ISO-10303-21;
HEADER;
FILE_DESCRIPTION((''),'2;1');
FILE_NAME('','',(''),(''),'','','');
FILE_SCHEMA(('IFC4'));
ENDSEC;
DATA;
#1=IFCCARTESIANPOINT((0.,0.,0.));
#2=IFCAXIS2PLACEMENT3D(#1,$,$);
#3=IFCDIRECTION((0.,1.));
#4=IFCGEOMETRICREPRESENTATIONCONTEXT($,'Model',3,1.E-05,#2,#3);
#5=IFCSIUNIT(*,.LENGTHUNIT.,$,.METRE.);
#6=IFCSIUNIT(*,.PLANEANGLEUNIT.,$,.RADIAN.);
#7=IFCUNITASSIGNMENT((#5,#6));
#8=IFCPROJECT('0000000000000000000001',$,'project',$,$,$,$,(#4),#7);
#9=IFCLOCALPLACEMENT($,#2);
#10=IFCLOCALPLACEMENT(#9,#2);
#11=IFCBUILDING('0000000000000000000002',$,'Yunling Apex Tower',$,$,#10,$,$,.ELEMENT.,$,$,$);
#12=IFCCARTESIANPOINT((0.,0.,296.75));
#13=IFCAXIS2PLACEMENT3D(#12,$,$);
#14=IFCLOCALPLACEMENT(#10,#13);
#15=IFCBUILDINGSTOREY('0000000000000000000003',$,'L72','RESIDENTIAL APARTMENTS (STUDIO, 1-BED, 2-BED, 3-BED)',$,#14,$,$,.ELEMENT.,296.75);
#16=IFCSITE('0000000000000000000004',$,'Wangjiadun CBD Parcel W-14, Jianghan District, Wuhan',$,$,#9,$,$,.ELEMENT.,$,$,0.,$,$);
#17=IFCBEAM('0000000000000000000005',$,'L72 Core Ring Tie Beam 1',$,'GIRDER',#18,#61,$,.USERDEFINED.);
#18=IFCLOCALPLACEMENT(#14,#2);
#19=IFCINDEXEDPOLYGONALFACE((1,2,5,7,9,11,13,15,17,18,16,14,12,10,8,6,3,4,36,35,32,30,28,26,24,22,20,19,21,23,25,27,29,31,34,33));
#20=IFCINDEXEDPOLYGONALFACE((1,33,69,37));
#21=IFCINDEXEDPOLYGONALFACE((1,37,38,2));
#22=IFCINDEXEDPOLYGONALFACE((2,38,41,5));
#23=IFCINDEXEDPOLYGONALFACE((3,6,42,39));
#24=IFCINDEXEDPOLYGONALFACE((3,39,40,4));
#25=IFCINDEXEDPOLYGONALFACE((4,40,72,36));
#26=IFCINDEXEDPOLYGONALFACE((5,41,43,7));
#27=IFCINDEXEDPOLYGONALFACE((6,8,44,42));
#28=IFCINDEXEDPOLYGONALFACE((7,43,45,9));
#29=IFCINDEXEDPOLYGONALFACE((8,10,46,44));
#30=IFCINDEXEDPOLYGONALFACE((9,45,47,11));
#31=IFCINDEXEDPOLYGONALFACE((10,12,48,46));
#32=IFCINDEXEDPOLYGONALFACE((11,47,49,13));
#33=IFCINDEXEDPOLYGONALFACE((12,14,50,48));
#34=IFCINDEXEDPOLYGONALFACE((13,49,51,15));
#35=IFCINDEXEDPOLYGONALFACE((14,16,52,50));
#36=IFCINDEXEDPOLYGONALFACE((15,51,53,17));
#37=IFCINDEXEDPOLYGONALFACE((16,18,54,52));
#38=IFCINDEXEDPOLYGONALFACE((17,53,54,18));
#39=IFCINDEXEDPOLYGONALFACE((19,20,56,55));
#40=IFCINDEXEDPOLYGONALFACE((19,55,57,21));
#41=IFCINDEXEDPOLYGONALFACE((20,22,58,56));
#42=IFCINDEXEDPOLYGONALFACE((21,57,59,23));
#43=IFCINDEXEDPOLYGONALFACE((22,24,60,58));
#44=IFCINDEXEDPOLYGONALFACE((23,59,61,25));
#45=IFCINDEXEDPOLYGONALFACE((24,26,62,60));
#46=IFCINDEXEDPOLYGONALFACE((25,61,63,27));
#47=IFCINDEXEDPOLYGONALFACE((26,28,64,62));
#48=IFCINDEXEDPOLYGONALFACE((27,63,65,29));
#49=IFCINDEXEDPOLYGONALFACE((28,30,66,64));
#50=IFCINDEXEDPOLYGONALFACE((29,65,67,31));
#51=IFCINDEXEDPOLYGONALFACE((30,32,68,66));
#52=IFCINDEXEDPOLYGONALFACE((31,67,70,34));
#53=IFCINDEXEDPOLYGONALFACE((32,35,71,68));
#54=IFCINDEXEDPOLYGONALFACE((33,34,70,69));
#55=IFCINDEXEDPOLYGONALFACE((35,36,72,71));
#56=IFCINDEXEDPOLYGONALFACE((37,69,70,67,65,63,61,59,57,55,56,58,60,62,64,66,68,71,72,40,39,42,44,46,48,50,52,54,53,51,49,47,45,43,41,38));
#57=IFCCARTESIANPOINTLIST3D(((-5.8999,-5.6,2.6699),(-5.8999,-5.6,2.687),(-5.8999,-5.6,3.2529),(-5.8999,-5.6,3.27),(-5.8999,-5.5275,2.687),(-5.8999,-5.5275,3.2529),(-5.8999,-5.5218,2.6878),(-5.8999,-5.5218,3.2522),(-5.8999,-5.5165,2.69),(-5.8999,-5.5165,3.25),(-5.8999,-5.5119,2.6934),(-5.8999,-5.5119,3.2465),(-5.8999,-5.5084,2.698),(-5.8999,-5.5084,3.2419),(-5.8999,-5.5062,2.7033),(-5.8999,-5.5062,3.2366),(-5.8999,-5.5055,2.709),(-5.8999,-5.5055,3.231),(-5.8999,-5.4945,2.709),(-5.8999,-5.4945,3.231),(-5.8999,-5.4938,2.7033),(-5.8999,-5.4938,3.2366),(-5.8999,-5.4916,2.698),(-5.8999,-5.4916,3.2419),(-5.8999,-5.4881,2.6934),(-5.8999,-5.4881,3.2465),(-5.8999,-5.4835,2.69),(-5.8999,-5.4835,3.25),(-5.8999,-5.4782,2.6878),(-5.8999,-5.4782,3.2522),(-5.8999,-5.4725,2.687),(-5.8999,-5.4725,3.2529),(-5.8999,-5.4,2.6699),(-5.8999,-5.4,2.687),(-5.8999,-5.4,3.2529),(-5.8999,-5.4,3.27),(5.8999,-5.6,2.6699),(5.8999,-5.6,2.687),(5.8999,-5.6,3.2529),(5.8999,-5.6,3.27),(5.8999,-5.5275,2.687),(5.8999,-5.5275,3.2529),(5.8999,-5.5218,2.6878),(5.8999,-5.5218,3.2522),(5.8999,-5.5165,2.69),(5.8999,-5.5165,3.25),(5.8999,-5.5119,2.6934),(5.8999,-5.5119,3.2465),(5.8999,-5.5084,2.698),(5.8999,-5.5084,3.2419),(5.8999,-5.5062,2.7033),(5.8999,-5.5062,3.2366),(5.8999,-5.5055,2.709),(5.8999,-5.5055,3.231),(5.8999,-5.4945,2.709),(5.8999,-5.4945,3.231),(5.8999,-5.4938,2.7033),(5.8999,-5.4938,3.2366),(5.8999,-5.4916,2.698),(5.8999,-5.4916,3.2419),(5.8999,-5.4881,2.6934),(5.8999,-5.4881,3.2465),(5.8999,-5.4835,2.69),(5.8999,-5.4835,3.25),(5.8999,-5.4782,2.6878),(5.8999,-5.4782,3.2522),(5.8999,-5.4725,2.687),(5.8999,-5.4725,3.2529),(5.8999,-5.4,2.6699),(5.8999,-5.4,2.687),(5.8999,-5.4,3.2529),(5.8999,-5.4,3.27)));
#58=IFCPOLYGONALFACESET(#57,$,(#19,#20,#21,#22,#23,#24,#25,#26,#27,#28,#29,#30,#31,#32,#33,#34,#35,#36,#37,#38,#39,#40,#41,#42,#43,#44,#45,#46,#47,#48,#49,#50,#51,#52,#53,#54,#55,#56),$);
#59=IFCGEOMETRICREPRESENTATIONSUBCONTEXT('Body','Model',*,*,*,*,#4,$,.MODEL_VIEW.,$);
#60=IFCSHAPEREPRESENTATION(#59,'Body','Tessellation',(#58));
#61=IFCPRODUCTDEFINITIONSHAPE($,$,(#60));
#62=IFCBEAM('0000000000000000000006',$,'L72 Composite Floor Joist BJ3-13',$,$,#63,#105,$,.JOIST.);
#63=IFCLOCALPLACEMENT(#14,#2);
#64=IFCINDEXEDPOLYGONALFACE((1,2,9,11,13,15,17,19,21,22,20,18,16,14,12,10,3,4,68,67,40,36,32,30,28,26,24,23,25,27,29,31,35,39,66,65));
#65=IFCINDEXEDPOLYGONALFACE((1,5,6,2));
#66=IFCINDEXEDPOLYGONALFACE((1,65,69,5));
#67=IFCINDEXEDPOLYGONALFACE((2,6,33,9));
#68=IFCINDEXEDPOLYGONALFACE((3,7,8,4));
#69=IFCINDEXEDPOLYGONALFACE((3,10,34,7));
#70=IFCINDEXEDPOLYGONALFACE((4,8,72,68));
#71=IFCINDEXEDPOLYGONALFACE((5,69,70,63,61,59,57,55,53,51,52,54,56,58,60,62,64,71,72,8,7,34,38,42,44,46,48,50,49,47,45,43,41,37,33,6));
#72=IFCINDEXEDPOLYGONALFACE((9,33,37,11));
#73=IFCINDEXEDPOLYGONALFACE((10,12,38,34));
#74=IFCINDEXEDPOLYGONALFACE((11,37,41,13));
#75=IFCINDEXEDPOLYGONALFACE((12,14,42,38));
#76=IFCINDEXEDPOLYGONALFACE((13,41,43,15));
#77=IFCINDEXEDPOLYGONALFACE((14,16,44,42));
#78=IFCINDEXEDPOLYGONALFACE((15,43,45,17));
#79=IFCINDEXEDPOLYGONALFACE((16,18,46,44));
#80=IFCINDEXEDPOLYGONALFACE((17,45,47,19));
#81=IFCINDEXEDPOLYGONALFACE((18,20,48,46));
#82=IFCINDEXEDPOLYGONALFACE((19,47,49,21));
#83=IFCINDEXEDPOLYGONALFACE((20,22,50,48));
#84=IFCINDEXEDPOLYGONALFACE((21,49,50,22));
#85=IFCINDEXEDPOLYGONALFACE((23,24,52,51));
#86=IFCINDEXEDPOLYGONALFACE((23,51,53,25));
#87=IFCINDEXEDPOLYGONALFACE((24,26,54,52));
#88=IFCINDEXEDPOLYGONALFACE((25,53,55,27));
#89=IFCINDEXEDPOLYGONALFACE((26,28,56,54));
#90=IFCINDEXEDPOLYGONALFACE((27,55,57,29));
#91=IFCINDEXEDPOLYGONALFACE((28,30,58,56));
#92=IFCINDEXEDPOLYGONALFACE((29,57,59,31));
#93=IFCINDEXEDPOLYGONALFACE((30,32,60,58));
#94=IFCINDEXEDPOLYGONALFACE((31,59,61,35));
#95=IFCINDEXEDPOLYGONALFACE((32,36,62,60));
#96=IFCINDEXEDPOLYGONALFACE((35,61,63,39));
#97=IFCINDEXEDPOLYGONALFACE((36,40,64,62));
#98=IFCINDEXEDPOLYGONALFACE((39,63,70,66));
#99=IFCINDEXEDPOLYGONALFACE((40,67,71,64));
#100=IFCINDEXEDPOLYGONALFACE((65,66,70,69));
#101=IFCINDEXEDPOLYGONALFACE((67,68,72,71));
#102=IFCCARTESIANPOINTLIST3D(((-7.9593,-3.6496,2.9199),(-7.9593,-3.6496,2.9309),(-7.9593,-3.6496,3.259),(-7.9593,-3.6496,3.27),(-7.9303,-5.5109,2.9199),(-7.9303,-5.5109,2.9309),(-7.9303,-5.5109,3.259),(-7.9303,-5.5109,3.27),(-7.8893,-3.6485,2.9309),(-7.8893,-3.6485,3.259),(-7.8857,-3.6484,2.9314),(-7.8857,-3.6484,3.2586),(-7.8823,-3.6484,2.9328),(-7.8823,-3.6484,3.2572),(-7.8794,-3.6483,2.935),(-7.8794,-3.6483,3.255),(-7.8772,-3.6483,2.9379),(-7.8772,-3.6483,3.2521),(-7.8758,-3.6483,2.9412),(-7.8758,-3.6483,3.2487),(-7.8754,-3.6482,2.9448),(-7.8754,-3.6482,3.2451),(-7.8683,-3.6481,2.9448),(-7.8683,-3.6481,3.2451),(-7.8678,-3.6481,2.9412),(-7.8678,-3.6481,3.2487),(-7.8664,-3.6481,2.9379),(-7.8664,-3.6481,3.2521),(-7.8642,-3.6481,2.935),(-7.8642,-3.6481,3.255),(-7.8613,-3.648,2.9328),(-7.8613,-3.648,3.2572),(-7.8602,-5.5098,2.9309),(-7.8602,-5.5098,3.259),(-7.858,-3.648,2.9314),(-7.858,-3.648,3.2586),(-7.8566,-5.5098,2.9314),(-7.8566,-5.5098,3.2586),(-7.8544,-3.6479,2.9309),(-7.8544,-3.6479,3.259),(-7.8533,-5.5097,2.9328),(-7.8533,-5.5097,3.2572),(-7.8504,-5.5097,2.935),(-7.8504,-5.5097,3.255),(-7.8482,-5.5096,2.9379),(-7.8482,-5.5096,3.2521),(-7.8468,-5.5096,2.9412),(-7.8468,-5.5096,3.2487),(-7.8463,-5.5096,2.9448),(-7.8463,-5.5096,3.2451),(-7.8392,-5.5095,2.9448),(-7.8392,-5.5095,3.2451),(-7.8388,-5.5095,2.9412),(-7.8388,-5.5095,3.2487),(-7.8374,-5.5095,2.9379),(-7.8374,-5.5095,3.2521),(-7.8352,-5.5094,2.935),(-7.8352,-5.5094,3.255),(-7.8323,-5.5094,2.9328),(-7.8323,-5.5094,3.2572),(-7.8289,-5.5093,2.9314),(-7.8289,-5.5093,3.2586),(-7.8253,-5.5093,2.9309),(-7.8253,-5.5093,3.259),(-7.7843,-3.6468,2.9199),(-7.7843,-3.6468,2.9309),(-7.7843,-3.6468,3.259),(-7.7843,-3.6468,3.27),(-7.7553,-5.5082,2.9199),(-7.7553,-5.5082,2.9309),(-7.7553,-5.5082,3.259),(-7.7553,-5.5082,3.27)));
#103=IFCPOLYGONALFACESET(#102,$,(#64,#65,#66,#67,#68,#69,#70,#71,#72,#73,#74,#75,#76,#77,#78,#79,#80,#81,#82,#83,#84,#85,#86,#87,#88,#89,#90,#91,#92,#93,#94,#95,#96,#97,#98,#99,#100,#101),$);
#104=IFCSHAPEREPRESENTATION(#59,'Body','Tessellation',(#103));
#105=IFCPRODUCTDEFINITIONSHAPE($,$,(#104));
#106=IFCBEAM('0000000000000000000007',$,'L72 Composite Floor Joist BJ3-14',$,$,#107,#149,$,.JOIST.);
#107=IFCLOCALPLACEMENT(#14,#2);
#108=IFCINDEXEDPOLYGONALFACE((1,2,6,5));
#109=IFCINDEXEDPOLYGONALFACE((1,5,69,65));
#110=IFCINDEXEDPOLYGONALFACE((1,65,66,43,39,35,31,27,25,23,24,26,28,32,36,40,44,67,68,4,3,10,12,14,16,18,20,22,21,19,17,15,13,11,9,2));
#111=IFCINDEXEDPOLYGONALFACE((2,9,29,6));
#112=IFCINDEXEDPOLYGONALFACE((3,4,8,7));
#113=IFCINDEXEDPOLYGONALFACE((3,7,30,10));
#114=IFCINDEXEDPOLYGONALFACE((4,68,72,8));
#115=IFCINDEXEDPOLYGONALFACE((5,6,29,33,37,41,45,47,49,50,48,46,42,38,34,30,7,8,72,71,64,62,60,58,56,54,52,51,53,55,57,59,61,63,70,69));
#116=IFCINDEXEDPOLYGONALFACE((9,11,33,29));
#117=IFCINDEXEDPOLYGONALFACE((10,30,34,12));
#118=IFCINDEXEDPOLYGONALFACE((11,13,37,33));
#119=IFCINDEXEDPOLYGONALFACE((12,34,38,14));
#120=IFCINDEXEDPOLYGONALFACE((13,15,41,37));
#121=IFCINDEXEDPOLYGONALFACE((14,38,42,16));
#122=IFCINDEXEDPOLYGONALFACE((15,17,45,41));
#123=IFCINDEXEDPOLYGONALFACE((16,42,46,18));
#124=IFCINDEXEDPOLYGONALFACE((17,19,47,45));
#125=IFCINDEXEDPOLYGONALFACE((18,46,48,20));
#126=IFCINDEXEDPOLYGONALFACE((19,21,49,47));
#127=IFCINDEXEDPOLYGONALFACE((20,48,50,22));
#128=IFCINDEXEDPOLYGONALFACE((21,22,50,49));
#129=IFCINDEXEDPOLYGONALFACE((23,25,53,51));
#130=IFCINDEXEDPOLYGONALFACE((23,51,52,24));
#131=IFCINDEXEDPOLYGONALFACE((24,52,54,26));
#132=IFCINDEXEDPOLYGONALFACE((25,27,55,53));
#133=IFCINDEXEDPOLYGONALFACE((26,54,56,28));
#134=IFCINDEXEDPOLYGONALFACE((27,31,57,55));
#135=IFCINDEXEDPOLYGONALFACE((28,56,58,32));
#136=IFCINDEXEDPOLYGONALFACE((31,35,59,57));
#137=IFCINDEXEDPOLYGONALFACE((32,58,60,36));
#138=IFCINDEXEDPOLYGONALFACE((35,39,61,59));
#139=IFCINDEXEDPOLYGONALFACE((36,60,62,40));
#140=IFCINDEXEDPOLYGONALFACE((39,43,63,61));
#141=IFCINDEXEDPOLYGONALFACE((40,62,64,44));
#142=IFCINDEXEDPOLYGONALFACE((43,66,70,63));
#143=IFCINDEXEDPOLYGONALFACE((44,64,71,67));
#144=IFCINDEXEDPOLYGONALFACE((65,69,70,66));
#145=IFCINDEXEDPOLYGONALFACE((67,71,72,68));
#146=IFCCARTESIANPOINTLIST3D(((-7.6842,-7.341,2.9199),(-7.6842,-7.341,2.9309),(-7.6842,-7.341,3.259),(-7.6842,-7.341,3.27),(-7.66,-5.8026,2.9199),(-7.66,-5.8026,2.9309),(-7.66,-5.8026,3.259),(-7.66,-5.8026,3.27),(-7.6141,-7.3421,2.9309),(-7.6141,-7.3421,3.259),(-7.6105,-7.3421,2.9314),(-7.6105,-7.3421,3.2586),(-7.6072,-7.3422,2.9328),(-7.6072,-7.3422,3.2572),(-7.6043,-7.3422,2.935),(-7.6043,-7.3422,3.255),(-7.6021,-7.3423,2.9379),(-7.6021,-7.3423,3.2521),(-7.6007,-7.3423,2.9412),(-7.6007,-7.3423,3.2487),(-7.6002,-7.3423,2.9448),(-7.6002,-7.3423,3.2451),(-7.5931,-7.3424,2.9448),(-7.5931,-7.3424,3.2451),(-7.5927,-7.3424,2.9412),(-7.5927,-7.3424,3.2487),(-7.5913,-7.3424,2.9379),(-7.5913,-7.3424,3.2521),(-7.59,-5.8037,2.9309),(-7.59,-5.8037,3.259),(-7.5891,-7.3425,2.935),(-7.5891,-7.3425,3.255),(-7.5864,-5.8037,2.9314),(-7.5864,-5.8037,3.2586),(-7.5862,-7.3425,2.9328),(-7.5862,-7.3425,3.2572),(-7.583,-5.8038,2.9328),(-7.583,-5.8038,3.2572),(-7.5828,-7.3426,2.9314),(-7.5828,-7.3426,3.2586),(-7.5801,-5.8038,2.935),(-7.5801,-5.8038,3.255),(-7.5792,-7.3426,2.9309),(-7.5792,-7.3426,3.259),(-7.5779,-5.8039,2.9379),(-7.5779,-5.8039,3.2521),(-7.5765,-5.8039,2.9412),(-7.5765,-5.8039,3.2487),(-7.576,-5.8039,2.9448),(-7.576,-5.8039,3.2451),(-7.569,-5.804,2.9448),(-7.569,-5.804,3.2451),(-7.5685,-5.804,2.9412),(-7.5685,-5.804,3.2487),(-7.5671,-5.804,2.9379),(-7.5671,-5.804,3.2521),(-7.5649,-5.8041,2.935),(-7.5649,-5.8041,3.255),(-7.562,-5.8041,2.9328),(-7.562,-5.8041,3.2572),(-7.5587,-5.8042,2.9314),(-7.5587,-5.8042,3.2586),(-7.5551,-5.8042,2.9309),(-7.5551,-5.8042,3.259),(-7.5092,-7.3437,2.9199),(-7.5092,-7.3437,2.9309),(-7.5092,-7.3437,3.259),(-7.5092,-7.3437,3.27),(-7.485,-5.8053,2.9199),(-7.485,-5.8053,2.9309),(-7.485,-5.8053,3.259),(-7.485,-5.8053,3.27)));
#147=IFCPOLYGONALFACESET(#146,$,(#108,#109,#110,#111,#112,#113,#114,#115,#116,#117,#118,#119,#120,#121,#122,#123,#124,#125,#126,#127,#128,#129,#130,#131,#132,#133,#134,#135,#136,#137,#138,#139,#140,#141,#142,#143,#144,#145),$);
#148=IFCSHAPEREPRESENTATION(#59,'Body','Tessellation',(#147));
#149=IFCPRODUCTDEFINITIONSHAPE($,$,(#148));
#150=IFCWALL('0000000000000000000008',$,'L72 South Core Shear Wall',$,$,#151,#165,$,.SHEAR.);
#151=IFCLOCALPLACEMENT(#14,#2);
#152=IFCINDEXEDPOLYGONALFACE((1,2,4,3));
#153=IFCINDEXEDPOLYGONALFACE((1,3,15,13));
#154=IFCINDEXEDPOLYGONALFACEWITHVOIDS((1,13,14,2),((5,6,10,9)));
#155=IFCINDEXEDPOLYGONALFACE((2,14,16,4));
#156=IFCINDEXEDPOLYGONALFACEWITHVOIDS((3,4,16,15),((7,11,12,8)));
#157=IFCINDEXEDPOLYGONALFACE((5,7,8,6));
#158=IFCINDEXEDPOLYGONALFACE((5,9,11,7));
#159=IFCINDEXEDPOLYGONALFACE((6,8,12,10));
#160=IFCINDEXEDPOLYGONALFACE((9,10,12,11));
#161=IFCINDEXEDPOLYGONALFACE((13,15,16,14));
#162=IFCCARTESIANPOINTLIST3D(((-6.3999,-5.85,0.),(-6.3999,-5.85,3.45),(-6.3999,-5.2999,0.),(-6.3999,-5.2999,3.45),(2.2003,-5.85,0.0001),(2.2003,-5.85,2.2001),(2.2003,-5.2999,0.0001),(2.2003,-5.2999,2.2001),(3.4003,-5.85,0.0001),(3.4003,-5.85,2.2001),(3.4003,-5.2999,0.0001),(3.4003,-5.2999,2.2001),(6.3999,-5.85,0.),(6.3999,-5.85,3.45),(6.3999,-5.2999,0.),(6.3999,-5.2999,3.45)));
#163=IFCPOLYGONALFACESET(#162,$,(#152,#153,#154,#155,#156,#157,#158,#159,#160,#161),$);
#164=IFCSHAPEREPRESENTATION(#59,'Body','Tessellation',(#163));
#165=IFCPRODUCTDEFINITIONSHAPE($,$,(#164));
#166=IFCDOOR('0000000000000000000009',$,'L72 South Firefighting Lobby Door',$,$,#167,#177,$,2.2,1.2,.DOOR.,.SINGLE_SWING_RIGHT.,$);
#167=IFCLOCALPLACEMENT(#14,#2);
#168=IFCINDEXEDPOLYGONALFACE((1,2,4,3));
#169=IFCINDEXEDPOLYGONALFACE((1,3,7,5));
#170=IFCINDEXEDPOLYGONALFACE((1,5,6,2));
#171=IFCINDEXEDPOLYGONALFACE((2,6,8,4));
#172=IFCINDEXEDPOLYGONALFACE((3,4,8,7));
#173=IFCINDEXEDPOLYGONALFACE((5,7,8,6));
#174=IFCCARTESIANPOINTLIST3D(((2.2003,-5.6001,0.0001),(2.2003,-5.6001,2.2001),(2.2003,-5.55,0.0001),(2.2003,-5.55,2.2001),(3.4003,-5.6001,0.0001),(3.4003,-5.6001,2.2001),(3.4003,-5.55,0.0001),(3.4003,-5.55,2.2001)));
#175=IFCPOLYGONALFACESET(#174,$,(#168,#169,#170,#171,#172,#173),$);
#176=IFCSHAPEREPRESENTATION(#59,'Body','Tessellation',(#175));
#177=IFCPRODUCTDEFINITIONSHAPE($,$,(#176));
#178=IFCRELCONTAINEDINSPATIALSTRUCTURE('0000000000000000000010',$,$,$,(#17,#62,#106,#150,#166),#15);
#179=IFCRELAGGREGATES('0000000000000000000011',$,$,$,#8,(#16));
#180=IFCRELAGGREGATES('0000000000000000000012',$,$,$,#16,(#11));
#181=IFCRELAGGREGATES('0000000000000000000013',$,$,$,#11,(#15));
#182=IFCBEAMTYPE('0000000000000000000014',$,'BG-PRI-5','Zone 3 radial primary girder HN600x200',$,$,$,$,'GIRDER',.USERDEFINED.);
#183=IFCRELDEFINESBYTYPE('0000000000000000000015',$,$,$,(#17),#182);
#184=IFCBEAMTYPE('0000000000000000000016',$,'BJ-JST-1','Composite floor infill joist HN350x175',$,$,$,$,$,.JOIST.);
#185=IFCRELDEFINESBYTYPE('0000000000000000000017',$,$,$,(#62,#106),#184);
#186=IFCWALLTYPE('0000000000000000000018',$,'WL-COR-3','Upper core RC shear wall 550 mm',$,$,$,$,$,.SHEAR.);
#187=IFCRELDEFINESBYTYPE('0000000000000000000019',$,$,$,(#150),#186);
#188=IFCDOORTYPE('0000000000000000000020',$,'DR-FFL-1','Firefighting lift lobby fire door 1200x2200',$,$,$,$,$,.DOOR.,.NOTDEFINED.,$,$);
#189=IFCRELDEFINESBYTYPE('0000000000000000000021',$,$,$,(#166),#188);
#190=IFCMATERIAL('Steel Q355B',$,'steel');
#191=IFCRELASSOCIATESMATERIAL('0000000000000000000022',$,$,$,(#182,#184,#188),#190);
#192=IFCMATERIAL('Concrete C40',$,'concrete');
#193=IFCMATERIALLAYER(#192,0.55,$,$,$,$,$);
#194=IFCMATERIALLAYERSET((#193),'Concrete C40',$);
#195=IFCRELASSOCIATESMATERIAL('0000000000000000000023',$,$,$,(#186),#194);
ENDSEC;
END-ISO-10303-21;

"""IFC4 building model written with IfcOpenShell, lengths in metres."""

from ifc_helpers import new_model, si_unit, direction, frame, frame_2d, origin, origin_2d, place, context, subcontext, project, spatial, rectangle, i_section, extrude, source, transform, mapped, material, layer, layer_set, material_profile, profile_set, type_object, element, fill, save


model = new_model("IFC4")

# Units and contexts
model_context = context("Model", 3, precision=1e-05, world=origin(), true_north=direction((0.0, 1.0)))
body_context = subcontext(model_context, "Body", "Model", "MODEL_VIEW")
ifc_project = project(units=[si_unit("LENGTHUNIT", "METRE"), si_unit("PLANEANGLEUNIT", "RADIAN")], contexts=[model_context])

# Site, building, storey
site_placement = place(None, origin())
site = spatial("IfcSite", under=ifc_project, at=site_placement, Name="Wangjiadun CBD Parcel W-14, Jianghan District, Wuhan", CompositionType="ELEMENT", RefElevation=0.0)
building_placement = place(site_placement, origin())
building = spatial("IfcBuilding", under=site, at=building_placement, Name="Yunling Apex Tower", CompositionType="ELEMENT")
storey_placement = place(building_placement, frame((0.0, 0.0, 296.75)))
storey = spatial("IfcBuildingStorey", under=building, at=storey_placement, Name="L72", Description="RESIDENTIAL APARTMENTS (STUDIO, 1-BED, 2-BED, 3-BED)", CompositionType="ELEMENT", Elevation=296.75)

# Beams
ifc_material_1 = material(Name="Steel Q355B", Category="steel")
ifc_material_2 = material(Name="Concrete C40", Category="concrete")
ifc_material_profile_1 = material_profile(ifc_material_1, i_section(OverallWidth=0.2, OverallDepth=0.6001, WebThickness=0.011, FlangeThickness=0.0171, FilletRadius=0.022, at=origin_2d()))
ifc_profile_set_1 = profile_set([ifc_material_profile_1], Name="Steel Q355B")
beam_type_1 = type_object("IfcBeamType", Name="BG-PRI-5", Description="Zone 3 radial primary girder HN600x200", ElementType="GIRDER", PredefinedType="USERDEFINED", material=ifc_profile_set_1)
shared_shape_1 = source(origin(), body_context, "Body", "SweptSolid", [
    extrude(i_section(OverallWidth=0.2, OverallDepth=0.6001, WebThickness=0.011, FlangeThickness=0.0171, FilletRadius=0.022, at=origin_2d()), origin(), (0.0, 0.0, 1.0), 11.7998),
])
beam_1_placement = place(storey_placement, frame((-5.8999, -5.5, 2.97), z_axis=(1.0, 0.0, 0.0), x_axis=(0.0, 1.0, 0.0)))
element("IfcBeam", 1, at=beam_1_placement, inside=storey, type_object=beam_type_1, Name="L72 Core Ring Tie Beam 1", ObjectType="GIRDER", PredefinedType="USERDEFINED", context=body_context, shape_type="MappedRepresentation", body=[
    mapped(shared_shape_1, transform((0.0, 0.0, 0.0), scale=1.0)),
])
ifc_material_profile_2 = material_profile(ifc_material_1, i_section(OverallWidth=0.175, OverallDepth=0.3501, WebThickness=0.0071, FlangeThickness=0.011, FilletRadius=0.0139, at=origin_2d()))
ifc_profile_set_2 = profile_set([ifc_material_profile_2], Name="Steel Q355B")
beam_type_2 = type_object("IfcBeamType", Name="BJ-JST-1", Description="Composite floor infill joist HN350x175", PredefinedType="JOIST", material=ifc_profile_set_2)
shared_shape_2 = source(origin(), body_context, "Body", "SweptSolid", [
    extrude(i_section(OverallWidth=0.175, OverallDepth=0.3501, WebThickness=0.0071, FlangeThickness=0.011, FilletRadius=0.0139, at=origin_2d()), origin(), (0.0, 0.0, 1.0), 1.8616),
])
beam_2_placement = place(storey_placement, frame((-7.8718, -3.6482, 3.095), z_axis=(0.015607, -0.999878, 0.0), x_axis=(0.999878, 0.015607, 0.0)))
element("IfcBeam", 2, at=beam_2_placement, inside=storey, type_object=beam_type_2, Name="L72 Composite Floor Joist BJ3-13", PredefinedType="JOIST", context=body_context, shape_type="MappedRepresentation", body=[
    mapped(shared_shape_2, transform((0.0, 0.0, 0.0), scale=1.0)),
])
shared_shape_3 = source(origin(), body_context, "Body", "SweptSolid", [
    extrude(i_section(OverallWidth=0.175, OverallDepth=0.3501, WebThickness=0.0071, FlangeThickness=0.011, FilletRadius=0.0139, at=origin_2d()), origin(), (0.0, 0.0, 1.0), 1.5386),
])
beam_3_placement = place(storey_placement, frame((-7.5725, -5.804, 3.095), z_axis=(-0.01571, -0.999877, 0.0), x_axis=(0.999877, -0.01571, 0.0)))
element("IfcBeam", 3, at=beam_3_placement, inside=storey, type_object=beam_type_2, Name="L72 Composite Floor Joist BJ3-14", PredefinedType="JOIST", context=body_context, shape_type="MappedRepresentation", body=[
    mapped(shared_shape_3, transform((0.0, 0.0, 0.0), scale=1.0)),
])

# Wall, opening, door
ifc_layer_1 = layer(ifc_material_2, 0.55)
ifc_layer_set_1 = layer_set([ifc_layer_1], Name="Concrete C40")
wall_type_1 = type_object("IfcWallType", Name="WL-COR-3", Description="Upper core RC shear wall 550 mm", PredefinedType="SHEAR", material=ifc_layer_set_1)
wall_1_placement = place(storey_placement, frame((-6.3999, -5.575, 0.0), z_axis=(0.0, 0.0, 1.0), x_axis=(1.0, 0.0, 0.0)))
wall_1 = element("IfcWall", 4, at=wall_1_placement, inside=storey, type_object=wall_type_1, Name="L72 South Core Shear Wall", PredefinedType="SHEAR", context=body_context, shape_type="SweptSolid", body=[
    extrude(rectangle(XDim=12.7998, YDim=0.55, at=frame_2d((6.3999, 0.0))), origin(), (0.0, 0.0, 1.0), 3.45),
])
opening_1_placement = place(wall_1_placement, frame((8.6001, 0.0, 0.0)))
opening_1 = element("IfcOpeningElement", 5, at=opening_1_placement, cuts=wall_1, PredefinedType="OPENING", context=body_context, shape_type="SweptSolid", body=[
    extrude(rectangle(XDim=1.2, YDim=2.2, at=frame_2d((0.6001, 1.1001))), frame((0.0, 0.2852, 0.0), z_axis=(0.0, -1.0, 0.0), x_axis=(1.0, 0.0, 0.0)), (0.0, 0.0, 1.0), 0.5701),
])
door_type_1 = type_object("IfcDoorType", Name="DR-FFL-1", Description="Firefighting lift lobby fire door 1200x2200", OperationType="NOTDEFINED", PredefinedType="DOOR", material=ifc_material_1)
door_1_placement = place(opening_1_placement, origin())
door_1 = element("IfcDoor", 6, at=door_1_placement, inside=storey, type_object=door_type_1, Name="L72 South Firefighting Lobby Door", OperationType="SINGLE_SWING_RIGHT", OverallHeight=2.2, OverallWidth=1.2, PredefinedType="DOOR", context=body_context, shape_type="SweptSolid", body=[
    extrude(rectangle(XDim=1.2, YDim=2.2, at=frame_2d((0.6001, 1.1001))), frame((0.0, 0.0249, 0.0), z_axis=(0.0, -1.0, 0.0), x_axis=(1.0, 0.0, 0.0)), (0.0, 0.0, 1.0), 0.05),
])
fill(opening_1, door_1)

save(model, "model.ifc")
